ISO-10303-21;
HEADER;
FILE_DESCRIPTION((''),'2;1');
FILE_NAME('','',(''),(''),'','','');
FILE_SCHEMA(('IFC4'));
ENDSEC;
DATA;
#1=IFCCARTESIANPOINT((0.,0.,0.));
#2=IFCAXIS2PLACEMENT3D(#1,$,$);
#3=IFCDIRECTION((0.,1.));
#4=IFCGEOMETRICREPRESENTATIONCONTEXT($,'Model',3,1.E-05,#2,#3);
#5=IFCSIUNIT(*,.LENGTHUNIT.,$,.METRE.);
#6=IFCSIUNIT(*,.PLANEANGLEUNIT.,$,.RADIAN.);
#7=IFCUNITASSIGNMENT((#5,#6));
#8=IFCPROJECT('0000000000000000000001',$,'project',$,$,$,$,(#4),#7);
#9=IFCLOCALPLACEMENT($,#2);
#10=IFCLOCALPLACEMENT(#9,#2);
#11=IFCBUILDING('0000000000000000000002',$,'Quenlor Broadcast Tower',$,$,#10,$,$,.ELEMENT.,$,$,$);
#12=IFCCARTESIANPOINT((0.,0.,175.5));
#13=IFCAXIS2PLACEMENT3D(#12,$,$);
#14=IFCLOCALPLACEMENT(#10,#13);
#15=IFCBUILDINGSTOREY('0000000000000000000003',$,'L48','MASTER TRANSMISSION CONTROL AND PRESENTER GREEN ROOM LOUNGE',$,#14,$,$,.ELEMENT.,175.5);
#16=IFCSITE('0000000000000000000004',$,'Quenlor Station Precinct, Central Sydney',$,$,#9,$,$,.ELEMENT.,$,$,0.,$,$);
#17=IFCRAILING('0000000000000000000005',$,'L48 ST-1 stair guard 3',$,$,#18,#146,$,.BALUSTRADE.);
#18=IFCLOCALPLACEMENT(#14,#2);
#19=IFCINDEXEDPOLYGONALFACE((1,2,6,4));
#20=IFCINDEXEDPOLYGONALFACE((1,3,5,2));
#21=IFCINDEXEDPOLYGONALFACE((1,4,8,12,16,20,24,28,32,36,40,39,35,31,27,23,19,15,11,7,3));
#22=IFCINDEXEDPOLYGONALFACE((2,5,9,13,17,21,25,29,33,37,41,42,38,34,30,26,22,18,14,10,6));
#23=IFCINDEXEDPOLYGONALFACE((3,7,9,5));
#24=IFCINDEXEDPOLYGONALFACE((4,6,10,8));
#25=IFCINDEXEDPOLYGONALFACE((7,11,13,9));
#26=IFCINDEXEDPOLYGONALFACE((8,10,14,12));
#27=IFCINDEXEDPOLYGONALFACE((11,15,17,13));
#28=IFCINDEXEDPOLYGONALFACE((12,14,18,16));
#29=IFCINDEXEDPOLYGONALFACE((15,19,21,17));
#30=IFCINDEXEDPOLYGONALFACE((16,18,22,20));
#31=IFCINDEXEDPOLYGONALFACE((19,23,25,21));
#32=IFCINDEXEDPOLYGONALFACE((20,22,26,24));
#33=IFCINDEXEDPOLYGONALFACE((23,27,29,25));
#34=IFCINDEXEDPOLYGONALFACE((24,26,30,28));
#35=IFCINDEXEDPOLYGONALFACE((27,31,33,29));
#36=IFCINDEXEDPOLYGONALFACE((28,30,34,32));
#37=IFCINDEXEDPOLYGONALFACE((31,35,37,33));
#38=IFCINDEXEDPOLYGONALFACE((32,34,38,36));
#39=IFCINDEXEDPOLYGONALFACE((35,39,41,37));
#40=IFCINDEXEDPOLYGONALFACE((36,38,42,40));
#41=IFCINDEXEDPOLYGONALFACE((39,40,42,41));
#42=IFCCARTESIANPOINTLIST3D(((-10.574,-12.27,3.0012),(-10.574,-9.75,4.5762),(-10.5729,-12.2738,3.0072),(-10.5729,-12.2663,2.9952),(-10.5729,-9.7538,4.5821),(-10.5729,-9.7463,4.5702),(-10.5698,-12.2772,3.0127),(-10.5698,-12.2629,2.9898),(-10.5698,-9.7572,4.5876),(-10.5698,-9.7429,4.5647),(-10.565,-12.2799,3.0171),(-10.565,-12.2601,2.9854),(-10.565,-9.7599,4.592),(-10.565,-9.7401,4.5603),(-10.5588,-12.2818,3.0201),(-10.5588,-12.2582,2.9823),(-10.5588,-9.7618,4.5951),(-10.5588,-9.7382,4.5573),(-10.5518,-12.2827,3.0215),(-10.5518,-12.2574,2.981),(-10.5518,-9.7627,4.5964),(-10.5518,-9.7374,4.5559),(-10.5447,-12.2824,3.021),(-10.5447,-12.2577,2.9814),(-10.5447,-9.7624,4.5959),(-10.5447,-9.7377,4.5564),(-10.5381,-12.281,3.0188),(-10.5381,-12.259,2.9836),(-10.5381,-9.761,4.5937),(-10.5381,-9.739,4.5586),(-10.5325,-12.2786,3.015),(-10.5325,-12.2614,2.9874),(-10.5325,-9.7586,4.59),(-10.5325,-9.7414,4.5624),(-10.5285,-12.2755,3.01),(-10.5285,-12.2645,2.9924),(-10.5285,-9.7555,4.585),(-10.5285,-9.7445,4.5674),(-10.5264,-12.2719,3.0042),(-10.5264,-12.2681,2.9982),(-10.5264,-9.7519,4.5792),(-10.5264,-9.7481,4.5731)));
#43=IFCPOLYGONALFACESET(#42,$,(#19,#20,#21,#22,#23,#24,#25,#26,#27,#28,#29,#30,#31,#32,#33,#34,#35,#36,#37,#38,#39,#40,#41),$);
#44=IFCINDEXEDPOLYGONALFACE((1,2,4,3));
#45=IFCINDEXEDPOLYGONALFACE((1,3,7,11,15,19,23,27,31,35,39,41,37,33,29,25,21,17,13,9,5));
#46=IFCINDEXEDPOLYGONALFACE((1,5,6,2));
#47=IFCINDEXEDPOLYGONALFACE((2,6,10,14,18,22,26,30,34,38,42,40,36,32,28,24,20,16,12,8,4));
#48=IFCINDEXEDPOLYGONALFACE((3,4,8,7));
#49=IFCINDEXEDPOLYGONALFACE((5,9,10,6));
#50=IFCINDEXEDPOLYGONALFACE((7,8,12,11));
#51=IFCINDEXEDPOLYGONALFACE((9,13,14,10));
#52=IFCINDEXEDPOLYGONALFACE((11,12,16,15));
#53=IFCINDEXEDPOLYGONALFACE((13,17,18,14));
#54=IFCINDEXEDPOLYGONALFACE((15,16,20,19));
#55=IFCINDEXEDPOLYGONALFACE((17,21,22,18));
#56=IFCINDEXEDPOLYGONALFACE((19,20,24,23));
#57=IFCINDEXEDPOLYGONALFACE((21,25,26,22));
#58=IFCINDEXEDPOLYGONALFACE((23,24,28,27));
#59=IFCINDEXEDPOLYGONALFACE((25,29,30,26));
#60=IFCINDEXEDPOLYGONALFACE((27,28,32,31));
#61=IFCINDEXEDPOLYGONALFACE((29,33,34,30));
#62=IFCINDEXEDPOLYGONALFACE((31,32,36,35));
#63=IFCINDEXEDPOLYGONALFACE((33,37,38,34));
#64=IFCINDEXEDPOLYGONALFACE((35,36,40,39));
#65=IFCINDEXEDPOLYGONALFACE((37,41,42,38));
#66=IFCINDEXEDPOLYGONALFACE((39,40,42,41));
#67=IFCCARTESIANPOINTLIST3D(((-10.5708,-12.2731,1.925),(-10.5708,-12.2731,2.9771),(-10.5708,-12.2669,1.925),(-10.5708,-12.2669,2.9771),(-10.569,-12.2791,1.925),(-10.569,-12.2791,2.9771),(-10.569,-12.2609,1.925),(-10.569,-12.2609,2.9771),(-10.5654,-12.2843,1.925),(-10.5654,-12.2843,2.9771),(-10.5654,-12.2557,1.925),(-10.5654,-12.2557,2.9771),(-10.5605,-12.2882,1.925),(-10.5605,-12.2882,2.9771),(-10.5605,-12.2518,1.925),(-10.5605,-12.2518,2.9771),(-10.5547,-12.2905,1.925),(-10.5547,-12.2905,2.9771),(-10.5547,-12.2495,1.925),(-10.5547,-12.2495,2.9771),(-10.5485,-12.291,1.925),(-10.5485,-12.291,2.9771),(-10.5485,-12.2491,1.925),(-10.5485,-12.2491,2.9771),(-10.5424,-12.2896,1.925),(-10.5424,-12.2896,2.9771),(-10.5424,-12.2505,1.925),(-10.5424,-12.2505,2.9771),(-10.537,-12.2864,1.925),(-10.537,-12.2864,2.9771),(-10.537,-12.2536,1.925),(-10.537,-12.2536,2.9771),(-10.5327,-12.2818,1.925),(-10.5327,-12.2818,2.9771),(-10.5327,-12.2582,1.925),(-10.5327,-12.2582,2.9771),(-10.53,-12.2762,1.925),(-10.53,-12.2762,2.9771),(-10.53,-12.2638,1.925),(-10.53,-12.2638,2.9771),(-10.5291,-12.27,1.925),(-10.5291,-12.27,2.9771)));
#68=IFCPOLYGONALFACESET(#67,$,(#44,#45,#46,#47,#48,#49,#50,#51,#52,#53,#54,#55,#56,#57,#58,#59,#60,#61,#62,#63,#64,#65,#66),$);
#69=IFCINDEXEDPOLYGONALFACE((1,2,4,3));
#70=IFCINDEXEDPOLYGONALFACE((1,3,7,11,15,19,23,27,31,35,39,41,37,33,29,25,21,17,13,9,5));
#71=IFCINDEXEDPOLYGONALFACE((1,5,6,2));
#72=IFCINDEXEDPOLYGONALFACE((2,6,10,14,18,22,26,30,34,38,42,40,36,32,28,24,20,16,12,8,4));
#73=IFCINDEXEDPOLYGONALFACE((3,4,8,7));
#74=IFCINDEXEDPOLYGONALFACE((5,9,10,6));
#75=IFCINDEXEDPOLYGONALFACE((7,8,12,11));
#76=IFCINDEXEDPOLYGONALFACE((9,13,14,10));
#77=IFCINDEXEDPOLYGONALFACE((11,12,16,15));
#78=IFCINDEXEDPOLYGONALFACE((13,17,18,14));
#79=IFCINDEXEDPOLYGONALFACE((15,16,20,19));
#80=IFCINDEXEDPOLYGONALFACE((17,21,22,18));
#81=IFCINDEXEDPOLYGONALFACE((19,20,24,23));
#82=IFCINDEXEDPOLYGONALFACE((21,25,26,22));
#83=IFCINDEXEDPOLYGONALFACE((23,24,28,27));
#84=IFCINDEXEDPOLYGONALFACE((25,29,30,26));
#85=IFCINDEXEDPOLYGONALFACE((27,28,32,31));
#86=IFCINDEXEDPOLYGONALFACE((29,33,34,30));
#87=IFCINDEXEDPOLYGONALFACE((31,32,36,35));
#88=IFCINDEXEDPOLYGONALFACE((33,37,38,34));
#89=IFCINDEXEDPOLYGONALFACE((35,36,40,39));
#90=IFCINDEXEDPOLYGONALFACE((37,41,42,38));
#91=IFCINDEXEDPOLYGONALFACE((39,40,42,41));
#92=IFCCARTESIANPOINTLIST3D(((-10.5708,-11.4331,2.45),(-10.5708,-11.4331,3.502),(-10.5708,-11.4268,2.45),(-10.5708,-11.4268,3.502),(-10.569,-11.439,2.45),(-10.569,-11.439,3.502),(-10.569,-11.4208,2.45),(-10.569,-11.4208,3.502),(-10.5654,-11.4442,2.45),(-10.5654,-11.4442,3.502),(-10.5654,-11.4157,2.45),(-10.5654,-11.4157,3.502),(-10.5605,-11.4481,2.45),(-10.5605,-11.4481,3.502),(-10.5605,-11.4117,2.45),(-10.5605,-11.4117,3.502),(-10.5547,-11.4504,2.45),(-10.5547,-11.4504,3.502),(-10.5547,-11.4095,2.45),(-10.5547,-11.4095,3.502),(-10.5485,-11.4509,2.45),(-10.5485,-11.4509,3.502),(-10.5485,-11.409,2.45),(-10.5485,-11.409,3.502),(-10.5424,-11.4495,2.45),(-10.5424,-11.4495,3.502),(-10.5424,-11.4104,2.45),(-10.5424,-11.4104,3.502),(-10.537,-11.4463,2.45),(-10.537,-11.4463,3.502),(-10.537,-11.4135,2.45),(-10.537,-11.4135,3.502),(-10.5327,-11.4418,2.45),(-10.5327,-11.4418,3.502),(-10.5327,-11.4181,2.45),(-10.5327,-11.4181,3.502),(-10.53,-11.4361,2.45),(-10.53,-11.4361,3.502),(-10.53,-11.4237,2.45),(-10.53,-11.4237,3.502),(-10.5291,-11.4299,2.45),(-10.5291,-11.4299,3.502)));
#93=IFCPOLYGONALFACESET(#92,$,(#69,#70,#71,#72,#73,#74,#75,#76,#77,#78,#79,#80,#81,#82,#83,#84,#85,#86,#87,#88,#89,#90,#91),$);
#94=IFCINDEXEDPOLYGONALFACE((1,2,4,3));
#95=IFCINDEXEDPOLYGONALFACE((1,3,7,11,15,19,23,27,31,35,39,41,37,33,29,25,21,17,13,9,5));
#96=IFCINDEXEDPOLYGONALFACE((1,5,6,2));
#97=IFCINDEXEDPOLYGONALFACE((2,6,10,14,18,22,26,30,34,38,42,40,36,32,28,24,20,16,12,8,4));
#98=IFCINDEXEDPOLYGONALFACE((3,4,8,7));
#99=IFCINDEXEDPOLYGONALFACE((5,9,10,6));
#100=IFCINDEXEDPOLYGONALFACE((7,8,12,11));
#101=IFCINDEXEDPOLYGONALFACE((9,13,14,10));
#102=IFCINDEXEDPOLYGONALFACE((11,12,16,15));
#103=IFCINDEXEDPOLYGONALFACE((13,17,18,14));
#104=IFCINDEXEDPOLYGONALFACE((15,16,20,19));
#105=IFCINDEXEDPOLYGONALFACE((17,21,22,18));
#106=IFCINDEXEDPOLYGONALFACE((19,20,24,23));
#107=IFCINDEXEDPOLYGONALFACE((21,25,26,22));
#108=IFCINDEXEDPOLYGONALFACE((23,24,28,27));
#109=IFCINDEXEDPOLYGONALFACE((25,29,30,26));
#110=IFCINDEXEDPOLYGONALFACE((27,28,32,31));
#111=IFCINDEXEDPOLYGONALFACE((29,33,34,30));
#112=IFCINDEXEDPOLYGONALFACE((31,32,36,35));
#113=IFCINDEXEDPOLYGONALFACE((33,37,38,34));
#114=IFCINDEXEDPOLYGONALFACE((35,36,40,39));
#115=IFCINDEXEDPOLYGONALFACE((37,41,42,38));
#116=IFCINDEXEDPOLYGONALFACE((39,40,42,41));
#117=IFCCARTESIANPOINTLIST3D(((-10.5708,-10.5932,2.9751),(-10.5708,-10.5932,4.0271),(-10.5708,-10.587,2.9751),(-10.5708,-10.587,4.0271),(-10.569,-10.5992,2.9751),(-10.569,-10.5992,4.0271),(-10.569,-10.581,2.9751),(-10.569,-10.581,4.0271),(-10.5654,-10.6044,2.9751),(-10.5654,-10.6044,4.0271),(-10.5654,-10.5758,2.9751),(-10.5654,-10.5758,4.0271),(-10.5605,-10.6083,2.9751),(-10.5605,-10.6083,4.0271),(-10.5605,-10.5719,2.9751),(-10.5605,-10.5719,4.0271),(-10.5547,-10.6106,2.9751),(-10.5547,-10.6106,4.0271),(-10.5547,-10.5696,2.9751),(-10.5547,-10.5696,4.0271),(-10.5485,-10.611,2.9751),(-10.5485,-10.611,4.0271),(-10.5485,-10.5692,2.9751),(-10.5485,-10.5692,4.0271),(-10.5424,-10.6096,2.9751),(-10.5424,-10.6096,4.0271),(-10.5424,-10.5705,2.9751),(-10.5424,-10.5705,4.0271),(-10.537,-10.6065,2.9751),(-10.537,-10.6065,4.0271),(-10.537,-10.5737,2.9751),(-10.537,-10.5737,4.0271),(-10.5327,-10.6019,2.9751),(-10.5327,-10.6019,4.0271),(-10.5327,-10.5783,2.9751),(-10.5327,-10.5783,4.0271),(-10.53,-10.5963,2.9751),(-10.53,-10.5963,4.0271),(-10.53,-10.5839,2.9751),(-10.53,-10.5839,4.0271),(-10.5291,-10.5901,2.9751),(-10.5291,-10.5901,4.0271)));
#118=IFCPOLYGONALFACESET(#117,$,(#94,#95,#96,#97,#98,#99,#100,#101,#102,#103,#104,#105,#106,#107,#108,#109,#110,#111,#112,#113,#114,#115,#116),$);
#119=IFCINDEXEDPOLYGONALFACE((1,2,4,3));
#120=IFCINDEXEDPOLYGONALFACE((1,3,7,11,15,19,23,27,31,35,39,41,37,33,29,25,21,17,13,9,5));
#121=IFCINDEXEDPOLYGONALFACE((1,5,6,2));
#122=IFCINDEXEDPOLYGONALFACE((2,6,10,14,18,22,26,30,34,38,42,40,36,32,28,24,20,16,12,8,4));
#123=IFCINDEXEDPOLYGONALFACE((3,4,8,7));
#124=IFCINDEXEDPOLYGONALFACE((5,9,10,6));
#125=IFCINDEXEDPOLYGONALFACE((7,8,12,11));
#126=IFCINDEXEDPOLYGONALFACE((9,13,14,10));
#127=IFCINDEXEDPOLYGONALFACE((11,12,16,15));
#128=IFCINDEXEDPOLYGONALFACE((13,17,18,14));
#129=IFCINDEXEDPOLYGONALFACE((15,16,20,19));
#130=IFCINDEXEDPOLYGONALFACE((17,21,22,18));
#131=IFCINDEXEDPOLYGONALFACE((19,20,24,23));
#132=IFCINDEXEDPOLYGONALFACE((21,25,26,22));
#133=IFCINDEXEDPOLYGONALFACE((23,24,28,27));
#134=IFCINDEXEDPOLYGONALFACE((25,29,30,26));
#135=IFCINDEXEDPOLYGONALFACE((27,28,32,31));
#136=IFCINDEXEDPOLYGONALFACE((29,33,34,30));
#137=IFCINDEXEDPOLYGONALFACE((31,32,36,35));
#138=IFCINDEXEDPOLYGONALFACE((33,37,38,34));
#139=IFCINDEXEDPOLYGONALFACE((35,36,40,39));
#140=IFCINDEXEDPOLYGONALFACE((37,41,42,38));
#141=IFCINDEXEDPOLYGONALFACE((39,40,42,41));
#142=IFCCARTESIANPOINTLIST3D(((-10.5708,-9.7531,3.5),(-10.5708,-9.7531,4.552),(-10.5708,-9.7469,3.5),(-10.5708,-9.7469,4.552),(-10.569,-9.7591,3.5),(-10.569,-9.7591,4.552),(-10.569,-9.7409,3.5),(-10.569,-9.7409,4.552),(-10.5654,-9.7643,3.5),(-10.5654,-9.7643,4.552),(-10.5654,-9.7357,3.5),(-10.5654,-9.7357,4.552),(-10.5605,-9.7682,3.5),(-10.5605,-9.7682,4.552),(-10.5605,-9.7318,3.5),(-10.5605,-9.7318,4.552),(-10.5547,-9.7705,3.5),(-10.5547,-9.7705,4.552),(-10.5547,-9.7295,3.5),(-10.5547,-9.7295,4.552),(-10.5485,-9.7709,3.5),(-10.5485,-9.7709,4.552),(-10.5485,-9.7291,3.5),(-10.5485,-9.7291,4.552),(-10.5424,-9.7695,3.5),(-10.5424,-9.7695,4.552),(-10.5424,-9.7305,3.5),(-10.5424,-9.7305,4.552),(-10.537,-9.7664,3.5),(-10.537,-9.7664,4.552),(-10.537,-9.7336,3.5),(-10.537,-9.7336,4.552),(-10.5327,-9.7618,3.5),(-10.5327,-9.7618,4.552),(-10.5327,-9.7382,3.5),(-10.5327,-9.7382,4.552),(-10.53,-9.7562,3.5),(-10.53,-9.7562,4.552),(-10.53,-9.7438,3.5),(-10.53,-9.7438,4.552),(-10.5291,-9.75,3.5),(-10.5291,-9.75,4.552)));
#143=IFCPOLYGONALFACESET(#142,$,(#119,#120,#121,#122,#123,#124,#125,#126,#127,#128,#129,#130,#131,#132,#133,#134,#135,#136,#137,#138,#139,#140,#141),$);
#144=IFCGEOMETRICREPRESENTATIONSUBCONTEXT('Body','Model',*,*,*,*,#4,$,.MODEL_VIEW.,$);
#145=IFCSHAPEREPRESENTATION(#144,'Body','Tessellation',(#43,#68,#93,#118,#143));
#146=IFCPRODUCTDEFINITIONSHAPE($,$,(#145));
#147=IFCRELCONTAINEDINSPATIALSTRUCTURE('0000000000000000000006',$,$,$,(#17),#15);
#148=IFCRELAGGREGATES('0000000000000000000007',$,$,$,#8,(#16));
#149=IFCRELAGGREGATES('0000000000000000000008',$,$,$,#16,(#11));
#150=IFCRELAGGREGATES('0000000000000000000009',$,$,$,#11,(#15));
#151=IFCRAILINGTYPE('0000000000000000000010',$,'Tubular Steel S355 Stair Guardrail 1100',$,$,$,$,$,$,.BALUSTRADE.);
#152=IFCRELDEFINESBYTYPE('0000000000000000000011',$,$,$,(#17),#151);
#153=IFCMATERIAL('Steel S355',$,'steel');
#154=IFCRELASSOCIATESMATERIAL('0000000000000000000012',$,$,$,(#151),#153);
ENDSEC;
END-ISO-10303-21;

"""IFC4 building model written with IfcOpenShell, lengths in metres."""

from ifc_helpers import new_model, si_unit, direction, frame, origin, origin_2d, place, context, subcontext, project, spatial, circle, extrude, material, type_object, element, save


model = new_model("IFC4")

# Units and contexts
model_context = context("Model", 3, precision=1e-05, world=origin(), true_north=direction((0.0, 1.0)))
body_context = subcontext(model_context, "Body", "Model", "MODEL_VIEW")
ifc_project = project(units=[si_unit("LENGTHUNIT", "METRE"), si_unit("PLANEANGLEUNIT", "RADIAN")], contexts=[model_context])

# Site, building, storey
site_placement = place(None, origin())
site = spatial("IfcSite", under=ifc_project, at=site_placement, Name="Quenlor Station Precinct, Central Sydney", CompositionType="ELEMENT", RefElevation=0.0)
building_placement = place(site_placement, origin())
building = spatial("IfcBuilding", under=site, at=building_placement, Name="Quenlor Broadcast Tower", CompositionType="ELEMENT")
storey_placement = place(building_placement, frame((0.0, 0.0, 175.5)))
storey = spatial("IfcBuildingStorey", under=building, at=storey_placement, Name="L48", Description="MASTER TRANSMISSION CONTROL AND PRESENTER GREEN ROOM LOUNGE", CompositionType="ELEMENT", Elevation=175.5)

# Railing
ifc_material_1 = material(Name="Steel S355", Category="steel")
railing_type_1 = type_object("IfcRailingType", Name="Tubular Steel S355 Stair Guardrail 1100", PredefinedType="BALUSTRADE", material=ifc_material_1)
railing_1_placement = place(storey_placement, frame((-10.55, -12.27, 1.925)))
element("IfcRailing", 1, at=railing_1_placement, inside=storey, type_object=railing_type_1, Name="L48 ST-1 stair guard 3", PredefinedType="BALUSTRADE", context=body_context, shape_type="SweptSolid", body=[
    extrude(circle(Radius=0.0239, at=origin_2d()), frame((0.0, 0.0, 1.0762), z_axis=(0.0, 0.848008, 0.529984), x_axis=(-1.0, 0.0, 0.0)), (0.0, 0.0, 1.0), 2.9717),
    extrude(circle(Radius=0.021, at=origin_2d()), origin(), (0.0, 0.0, 1.0), 1.052),
    extrude(circle(Radius=0.021, at=origin_2d()), frame((0.0, 0.8401, 0.5249)), (0.0, 0.0, 1.0), 1.052),
    extrude(circle(Radius=0.021, at=origin_2d()), frame((0.0, 1.6799, 1.05)), (0.0, 0.0, 1.0), 1.052),
    extrude(circle(Radius=0.021, at=origin_2d()), frame((0.0, 2.52, 1.575)), (0.0, 0.0, 1.0), 1.052),
])

save(model, "model.ifc")
